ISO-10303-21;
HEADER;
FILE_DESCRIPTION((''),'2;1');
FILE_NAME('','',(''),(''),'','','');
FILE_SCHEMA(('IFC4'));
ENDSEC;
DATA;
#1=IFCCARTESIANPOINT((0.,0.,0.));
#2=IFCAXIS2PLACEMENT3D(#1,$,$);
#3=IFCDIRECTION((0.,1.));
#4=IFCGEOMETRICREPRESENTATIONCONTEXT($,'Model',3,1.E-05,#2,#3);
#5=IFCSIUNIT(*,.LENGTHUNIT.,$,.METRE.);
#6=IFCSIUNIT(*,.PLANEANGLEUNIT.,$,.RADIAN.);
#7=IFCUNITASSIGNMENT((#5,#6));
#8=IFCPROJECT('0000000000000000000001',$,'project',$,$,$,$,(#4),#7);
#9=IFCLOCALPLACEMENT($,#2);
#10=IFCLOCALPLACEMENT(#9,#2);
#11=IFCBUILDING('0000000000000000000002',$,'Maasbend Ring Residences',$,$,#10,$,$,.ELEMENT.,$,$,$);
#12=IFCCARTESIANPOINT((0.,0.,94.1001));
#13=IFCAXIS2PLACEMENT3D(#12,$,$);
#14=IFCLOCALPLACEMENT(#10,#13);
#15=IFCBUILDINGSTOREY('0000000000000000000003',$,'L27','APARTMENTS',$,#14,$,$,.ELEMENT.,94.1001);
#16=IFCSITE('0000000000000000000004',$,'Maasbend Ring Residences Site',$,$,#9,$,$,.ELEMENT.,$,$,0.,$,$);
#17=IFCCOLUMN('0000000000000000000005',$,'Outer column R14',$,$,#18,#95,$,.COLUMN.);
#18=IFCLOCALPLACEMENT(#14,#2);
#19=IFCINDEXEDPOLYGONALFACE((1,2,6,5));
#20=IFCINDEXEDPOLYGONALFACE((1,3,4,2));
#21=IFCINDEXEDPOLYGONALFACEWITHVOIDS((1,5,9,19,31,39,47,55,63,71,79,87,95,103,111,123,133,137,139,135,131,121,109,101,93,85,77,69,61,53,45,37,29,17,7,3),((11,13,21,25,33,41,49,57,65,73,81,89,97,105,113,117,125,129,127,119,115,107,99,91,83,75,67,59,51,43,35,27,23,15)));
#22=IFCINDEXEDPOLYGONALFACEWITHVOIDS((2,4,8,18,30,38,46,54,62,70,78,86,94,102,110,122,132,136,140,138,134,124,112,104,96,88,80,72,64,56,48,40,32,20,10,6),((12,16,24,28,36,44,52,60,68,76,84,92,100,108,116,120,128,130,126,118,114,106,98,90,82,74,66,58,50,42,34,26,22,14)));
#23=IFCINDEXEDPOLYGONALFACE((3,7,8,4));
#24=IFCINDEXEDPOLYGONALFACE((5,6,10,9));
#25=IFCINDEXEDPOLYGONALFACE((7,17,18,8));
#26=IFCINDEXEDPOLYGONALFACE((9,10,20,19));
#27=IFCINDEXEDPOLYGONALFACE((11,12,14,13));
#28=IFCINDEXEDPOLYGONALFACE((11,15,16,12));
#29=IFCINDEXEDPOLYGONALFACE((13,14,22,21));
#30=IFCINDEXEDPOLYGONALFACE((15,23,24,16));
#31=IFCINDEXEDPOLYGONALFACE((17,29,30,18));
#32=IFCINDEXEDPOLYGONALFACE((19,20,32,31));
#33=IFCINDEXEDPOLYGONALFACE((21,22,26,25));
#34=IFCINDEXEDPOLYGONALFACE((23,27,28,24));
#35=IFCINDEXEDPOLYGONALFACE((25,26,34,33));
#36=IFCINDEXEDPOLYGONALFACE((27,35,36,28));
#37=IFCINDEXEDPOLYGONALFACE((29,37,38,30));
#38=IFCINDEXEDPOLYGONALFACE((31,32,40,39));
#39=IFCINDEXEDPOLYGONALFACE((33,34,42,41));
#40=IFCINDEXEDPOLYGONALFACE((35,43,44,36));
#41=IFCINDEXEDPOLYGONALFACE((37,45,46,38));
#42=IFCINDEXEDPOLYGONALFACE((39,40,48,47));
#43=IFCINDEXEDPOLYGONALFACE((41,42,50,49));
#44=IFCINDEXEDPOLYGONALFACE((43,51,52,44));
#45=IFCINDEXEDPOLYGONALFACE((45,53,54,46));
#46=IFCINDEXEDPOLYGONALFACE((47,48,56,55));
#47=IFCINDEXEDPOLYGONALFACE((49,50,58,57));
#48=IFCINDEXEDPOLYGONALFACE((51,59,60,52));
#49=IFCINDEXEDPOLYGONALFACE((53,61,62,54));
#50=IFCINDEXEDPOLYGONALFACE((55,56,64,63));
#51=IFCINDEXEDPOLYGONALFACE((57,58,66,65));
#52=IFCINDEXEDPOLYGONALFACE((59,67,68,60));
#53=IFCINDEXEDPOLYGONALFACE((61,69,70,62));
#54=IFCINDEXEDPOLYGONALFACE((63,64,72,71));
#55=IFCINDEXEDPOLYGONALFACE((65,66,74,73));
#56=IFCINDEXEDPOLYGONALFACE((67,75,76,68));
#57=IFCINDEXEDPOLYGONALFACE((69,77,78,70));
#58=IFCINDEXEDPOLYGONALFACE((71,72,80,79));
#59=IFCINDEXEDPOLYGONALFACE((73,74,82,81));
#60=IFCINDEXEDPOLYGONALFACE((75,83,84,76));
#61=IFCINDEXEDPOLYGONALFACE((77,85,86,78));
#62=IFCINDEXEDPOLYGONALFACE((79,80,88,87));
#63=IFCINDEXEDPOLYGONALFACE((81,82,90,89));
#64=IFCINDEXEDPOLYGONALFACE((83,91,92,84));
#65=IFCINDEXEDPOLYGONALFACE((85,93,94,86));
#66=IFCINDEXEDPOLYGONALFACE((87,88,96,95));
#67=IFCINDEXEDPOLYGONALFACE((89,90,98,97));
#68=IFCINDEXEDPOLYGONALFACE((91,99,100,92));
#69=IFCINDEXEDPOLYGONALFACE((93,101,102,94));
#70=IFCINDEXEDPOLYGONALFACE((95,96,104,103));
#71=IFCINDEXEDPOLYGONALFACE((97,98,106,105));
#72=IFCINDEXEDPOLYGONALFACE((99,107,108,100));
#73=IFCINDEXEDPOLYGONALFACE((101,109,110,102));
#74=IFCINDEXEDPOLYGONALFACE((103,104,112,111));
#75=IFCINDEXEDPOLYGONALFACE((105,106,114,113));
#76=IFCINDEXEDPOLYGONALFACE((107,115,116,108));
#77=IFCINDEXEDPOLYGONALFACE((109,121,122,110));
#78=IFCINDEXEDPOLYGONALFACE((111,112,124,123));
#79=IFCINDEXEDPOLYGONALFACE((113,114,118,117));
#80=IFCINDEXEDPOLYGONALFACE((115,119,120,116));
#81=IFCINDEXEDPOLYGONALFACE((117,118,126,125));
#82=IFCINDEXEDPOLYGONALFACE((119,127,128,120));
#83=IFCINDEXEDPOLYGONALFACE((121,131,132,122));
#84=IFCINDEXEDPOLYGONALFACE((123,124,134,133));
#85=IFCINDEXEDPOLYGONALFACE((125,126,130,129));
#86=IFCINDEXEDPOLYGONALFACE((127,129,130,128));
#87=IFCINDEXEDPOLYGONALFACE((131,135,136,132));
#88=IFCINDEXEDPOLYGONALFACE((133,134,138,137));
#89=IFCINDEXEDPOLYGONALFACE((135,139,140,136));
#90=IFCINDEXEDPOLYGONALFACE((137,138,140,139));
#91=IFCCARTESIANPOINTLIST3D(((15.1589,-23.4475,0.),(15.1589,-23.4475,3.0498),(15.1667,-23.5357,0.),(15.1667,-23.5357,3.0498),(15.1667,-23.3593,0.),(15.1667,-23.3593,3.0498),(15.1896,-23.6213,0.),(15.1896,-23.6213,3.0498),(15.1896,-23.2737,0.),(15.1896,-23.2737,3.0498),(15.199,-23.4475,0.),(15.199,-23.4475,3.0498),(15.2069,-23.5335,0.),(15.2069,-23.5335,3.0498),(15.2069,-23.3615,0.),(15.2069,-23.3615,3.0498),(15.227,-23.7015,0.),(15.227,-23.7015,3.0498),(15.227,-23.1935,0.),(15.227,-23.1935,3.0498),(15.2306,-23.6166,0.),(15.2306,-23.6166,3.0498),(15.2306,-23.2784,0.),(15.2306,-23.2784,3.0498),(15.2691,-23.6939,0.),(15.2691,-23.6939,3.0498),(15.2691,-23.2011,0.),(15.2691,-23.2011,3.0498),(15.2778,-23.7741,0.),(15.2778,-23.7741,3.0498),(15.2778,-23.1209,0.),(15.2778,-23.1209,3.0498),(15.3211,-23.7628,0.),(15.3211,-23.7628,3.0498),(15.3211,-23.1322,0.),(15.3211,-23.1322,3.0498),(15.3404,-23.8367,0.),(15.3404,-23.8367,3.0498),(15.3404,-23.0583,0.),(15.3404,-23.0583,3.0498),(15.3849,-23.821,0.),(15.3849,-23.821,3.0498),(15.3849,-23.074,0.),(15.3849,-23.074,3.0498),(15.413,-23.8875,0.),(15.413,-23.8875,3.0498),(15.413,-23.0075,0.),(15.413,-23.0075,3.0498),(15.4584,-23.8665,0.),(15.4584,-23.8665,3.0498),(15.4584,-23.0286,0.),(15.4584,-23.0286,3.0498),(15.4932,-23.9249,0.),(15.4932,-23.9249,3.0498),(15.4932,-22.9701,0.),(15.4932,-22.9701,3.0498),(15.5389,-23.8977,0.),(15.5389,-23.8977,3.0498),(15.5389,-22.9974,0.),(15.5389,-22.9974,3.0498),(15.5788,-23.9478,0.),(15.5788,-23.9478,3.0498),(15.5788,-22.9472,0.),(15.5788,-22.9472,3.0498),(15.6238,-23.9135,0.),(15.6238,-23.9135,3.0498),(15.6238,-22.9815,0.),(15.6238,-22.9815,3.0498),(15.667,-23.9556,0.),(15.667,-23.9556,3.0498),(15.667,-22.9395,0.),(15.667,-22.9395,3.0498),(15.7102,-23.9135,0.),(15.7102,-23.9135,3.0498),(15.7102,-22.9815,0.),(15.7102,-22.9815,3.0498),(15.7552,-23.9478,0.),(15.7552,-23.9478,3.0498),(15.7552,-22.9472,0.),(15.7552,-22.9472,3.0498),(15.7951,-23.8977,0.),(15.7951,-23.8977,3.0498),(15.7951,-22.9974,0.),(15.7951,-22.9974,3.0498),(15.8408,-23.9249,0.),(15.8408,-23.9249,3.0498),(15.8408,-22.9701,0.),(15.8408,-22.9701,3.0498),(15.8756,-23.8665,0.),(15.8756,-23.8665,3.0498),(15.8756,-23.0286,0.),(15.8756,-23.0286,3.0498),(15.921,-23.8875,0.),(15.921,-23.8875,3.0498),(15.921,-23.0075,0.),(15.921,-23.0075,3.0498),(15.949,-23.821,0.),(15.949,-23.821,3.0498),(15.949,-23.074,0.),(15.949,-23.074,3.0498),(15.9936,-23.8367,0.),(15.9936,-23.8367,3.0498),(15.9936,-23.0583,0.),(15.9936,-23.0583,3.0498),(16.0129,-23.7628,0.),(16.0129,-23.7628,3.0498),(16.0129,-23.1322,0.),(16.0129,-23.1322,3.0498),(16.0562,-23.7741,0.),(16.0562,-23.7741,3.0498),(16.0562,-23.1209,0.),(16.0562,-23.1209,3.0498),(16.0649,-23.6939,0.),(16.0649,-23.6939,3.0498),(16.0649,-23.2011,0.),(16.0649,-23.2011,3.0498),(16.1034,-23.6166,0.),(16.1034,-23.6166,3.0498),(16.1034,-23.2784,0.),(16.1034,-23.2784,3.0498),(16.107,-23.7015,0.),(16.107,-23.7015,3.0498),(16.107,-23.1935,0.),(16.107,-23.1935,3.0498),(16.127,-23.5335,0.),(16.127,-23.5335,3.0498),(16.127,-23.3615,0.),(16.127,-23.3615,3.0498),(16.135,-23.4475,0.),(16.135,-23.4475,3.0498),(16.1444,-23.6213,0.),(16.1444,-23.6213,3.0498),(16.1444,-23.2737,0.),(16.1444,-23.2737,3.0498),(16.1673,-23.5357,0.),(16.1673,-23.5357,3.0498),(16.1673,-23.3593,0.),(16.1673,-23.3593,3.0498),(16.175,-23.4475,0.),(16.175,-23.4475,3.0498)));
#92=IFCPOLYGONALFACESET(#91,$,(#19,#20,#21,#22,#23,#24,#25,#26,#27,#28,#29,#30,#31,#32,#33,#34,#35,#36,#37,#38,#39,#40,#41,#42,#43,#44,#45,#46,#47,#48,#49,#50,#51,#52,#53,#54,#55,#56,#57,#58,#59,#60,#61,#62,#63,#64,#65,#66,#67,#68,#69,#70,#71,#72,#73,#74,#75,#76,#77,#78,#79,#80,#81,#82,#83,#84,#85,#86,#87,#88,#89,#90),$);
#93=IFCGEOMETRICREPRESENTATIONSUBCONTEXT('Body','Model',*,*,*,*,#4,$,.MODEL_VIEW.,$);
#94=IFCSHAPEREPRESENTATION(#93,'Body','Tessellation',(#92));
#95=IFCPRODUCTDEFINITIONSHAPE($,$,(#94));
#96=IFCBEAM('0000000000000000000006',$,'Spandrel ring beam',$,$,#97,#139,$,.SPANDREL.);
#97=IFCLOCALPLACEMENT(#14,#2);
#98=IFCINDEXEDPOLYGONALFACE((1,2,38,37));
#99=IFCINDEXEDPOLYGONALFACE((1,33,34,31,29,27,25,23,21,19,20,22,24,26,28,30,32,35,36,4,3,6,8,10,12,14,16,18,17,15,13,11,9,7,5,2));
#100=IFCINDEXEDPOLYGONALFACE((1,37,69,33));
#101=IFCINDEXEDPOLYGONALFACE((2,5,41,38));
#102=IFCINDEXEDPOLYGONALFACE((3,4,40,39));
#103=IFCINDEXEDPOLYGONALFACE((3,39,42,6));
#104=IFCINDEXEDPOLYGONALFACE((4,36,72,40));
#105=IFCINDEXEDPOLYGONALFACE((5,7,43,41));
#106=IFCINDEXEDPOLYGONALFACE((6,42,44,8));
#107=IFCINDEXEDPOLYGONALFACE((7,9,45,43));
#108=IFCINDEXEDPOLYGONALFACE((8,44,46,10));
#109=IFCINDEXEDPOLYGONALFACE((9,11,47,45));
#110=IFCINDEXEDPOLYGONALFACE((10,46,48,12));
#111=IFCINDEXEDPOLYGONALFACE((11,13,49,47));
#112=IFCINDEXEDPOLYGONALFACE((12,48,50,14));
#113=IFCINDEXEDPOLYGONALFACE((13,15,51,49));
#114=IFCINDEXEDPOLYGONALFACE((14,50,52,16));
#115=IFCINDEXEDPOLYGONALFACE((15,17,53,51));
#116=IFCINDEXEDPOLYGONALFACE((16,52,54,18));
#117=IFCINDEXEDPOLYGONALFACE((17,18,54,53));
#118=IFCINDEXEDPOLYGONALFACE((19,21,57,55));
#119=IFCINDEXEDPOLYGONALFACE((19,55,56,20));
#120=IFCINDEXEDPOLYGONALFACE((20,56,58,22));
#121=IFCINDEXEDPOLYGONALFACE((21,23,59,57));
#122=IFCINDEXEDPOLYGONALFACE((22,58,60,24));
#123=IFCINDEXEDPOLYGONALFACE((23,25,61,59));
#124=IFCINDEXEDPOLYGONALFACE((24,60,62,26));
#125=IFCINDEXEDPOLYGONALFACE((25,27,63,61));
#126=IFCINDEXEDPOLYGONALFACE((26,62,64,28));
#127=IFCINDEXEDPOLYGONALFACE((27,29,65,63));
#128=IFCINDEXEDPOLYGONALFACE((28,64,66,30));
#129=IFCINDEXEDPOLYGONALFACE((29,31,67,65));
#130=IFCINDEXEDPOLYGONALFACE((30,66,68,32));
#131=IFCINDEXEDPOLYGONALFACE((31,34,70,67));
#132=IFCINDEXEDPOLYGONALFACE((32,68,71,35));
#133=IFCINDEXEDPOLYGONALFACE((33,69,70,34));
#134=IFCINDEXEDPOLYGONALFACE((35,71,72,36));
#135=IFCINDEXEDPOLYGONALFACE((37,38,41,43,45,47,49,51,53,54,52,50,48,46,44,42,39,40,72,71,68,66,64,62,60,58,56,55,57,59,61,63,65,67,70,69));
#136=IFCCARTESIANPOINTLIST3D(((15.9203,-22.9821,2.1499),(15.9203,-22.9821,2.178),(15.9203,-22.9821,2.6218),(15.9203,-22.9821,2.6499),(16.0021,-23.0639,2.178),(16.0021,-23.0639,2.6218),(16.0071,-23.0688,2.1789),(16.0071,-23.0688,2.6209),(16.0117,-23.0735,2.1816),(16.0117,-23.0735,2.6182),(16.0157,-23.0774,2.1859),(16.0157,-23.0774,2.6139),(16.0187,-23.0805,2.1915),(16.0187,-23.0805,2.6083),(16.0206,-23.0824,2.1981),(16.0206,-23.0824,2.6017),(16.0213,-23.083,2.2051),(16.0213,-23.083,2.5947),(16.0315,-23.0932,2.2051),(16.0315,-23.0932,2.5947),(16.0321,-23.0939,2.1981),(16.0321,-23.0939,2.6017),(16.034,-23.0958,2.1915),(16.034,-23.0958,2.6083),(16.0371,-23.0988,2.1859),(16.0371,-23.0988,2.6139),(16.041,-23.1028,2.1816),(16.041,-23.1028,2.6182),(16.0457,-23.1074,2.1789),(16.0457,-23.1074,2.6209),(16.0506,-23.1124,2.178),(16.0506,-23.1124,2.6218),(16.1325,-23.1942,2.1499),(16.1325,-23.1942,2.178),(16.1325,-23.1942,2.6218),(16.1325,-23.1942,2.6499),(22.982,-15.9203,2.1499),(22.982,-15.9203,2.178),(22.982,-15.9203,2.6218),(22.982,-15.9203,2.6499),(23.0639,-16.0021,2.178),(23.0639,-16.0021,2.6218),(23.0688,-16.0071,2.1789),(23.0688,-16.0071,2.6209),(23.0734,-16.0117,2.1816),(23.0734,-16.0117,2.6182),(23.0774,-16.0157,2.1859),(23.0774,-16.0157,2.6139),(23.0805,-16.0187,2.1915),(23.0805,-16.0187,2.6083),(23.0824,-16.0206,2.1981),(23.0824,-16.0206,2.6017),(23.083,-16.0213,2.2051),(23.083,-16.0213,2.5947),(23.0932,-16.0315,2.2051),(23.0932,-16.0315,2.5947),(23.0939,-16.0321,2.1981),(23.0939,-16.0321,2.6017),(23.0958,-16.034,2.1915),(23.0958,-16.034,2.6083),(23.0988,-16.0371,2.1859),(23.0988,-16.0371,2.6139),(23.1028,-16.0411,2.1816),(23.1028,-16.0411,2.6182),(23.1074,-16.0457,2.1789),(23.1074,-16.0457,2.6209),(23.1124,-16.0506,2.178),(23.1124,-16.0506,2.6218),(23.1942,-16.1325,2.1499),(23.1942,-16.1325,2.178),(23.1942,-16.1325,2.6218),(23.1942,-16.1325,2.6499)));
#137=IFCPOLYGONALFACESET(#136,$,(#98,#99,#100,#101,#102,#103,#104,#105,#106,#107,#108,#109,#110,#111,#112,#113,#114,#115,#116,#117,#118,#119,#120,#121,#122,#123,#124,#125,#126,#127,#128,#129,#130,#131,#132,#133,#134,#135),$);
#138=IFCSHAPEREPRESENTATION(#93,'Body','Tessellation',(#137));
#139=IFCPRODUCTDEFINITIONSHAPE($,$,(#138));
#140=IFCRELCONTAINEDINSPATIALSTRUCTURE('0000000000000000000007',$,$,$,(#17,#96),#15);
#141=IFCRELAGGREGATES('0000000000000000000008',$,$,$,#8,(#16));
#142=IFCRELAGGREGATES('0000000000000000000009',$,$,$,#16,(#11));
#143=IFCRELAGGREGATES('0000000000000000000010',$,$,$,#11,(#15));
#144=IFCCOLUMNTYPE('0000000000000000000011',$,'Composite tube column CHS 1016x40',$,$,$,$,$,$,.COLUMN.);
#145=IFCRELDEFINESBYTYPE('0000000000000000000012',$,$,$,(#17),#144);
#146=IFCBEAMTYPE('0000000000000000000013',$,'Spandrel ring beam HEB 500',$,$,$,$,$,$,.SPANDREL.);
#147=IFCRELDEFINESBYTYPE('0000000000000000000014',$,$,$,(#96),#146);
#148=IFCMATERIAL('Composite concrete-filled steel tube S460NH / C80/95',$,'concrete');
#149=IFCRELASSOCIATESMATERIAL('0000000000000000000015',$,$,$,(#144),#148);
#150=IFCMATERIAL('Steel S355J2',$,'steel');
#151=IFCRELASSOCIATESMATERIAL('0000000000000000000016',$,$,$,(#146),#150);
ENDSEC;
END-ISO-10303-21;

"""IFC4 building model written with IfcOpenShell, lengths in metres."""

from ifc_helpers import new_model, si_unit, direction, frame, origin, origin_2d, place, context, subcontext, project, spatial, hollow_circle, i_section, extrude, material, material_profile, profile_set, type_object, element, save


model = new_model("IFC4")

# Units and contexts
model_context = context("Model", 3, precision=1e-05, world=origin(), true_north=direction((0.0, 1.0)))
body_context = subcontext(model_context, "Body", "Model", "MODEL_VIEW")
ifc_project = project(units=[si_unit("LENGTHUNIT", "METRE"), si_unit("PLANEANGLEUNIT", "RADIAN")], contexts=[model_context])

# Site, building, storey
site_placement = place(None, origin())
site = spatial("IfcSite", under=ifc_project, at=site_placement, Name="Maasbend Ring Residences Site", CompositionType="ELEMENT", RefElevation=0.0)
building_placement = place(site_placement, origin())
building = spatial("IfcBuilding", under=site, at=building_placement, Name="Maasbend Ring Residences", CompositionType="ELEMENT")
storey_placement = place(building_placement, frame((0.0, 0.0, 94.1001)))
storey = spatial("IfcBuildingStorey", under=building, at=storey_placement, Name="L27", Description="APARTMENTS", CompositionType="ELEMENT", Elevation=94.1001)

# Column
ifc_material_1 = material(Name="Composite concrete-filled steel tube S460NH / C80/95", Category="concrete")
ifc_material_profile_1 = material_profile(ifc_material_1, hollow_circle(Radius=0.5081, WallThickness=0.04, at=origin_2d()), Name="Composite tube column CHS 1016x40")
ifc_profile_set_1 = profile_set([ifc_material_profile_1], Name="Composite concrete-filled steel tube S460NH / C80/95")
column_type = type_object("IfcColumnType", Name="Composite tube column CHS 1016x40", PredefinedType="COLUMN", material=ifc_profile_set_1)
column_placement = place(storey_placement, frame((15.667, -23.4475, 0.0), z_axis=(0.0, 0.0, 1.0), x_axis=(1.0, 0.0, 0.0)))
element("IfcColumn", 1, at=column_placement, inside=storey, type_object=column_type, Name="Outer column R14", PredefinedType="COLUMN", context=body_context, shape_type="SweptSolid", body=[
    extrude(hollow_circle(Radius=0.5081, WallThickness=0.04, at=origin_2d()), origin(), (0.0, 0.0, 1.0), 3.0498),
])

# Beam
ifc_material_2 = material(Name="Steel S355J2", Category="steel")
ifc_material_profile_2 = material_profile(ifc_material_2, i_section(OverallWidth=0.3, OverallDepth=0.5, WebThickness=0.0144, FlangeThickness=0.0281, FilletRadius=0.0271, at=origin_2d()), Name="HEB 500")
ifc_profile_set_2 = profile_set([ifc_material_profile_2], Name="Steel S355J2")
beam_type = type_object("IfcBeamType", Name="Spandrel ring beam HEB 500", PredefinedType="SPANDREL", material=ifc_profile_set_2)
beam_placement = place(storey_placement, frame((16.0264, -23.0881, 2.3999), z_axis=(0.707107, 0.707107, 0.0), x_axis=(-0.707107, 0.707107, 0.0)))
element("IfcBeam", 2, at=beam_placement, inside=storey, type_object=beam_type, Name="Spandrel ring beam", PredefinedType="SPANDREL", context=body_context, shape_type="SweptSolid", body=[
    extrude(i_section(OverallWidth=0.3, OverallDepth=0.5, WebThickness=0.0144, FlangeThickness=0.0281, FilletRadius=0.0271, at=origin_2d()), origin(), (0.0, 0.0, 1.0), 9.9868),
])

save(model, "model.ifc")
